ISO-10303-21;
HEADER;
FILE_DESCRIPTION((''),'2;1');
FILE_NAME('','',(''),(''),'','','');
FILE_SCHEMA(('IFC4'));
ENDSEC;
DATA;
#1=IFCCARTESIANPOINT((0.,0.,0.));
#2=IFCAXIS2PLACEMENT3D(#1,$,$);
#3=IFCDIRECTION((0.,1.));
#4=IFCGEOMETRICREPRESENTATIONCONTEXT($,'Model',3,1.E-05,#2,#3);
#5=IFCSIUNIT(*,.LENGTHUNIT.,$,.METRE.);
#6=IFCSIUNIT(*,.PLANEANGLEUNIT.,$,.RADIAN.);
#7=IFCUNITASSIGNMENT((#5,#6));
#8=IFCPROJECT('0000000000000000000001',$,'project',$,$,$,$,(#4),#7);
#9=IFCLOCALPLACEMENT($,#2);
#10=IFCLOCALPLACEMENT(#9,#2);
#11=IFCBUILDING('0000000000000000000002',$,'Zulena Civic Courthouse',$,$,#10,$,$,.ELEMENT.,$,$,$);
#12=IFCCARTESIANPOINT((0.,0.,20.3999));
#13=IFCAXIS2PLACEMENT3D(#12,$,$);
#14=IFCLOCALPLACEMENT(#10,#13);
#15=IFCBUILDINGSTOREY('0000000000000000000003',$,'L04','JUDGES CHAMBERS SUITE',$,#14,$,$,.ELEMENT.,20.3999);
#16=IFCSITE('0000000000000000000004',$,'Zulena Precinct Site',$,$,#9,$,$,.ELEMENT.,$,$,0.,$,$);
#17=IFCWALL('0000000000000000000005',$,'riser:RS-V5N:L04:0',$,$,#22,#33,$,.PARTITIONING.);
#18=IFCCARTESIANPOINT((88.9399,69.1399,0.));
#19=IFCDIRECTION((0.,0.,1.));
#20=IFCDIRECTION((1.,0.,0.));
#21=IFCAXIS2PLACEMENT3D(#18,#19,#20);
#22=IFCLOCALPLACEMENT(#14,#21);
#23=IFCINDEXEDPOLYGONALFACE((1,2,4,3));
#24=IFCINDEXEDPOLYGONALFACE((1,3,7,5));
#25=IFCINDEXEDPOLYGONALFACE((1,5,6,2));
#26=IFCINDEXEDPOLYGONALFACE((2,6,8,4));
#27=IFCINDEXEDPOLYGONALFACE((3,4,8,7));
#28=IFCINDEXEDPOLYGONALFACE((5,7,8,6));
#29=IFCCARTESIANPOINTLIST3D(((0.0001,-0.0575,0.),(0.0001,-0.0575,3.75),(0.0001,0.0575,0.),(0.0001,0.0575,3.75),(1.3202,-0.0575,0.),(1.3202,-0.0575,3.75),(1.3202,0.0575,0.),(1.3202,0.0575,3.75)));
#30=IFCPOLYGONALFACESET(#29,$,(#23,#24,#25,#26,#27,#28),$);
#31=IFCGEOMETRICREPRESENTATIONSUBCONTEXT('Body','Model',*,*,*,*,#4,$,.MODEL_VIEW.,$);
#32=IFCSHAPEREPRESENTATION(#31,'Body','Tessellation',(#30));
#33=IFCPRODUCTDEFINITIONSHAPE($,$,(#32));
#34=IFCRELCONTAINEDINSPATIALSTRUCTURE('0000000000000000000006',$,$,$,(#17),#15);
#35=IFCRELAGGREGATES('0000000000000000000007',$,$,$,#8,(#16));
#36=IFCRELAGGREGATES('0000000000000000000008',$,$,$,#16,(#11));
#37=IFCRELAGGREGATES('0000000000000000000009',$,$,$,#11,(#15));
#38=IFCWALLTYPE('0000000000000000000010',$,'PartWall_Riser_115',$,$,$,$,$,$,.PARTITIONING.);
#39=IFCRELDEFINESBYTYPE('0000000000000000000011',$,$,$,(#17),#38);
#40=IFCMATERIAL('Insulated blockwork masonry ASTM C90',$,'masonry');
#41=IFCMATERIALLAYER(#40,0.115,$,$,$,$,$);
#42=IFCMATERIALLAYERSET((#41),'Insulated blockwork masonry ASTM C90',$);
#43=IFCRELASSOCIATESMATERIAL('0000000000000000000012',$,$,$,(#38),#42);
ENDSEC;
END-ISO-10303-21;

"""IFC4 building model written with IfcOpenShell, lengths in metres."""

from ifc_helpers import new_model, si_unit, direction, frame, frame_2d, origin, place, context, subcontext, project, spatial, rectangle, extrude, material, layer, layer_set, type_object, element, save


model = new_model("IFC4")

# Units and contexts
model_context = context("Model", 3, precision=1e-05, world=origin(), true_north=direction((0.0, 1.0)))
body_context = subcontext(model_context, "Body", "Model", "MODEL_VIEW")
ifc_project = project(units=[si_unit("LENGTHUNIT", "METRE"), si_unit("PLANEANGLEUNIT", "RADIAN")], contexts=[model_context])

# Site, building, storey
site_placement = place(None, origin())
site = spatial("IfcSite", under=ifc_project, at=site_placement, Name="Zulena Precinct Site", CompositionType="ELEMENT", RefElevation=0.0)
building_placement = place(site_placement, origin())
building = spatial("IfcBuilding", under=site, at=building_placement, Name="Zulena Civic Courthouse", CompositionType="ELEMENT")
storey_placement = place(building_placement, frame((0.0, 0.0, 20.3999)))
storey = spatial("IfcBuildingStorey", under=building, at=storey_placement, Name="L04", Description="JUDGES CHAMBERS SUITE", CompositionType="ELEMENT", Elevation=20.3999)

# Wall
ifc_material_1 = material(Name="Insulated blockwork masonry ASTM C90", Category="masonry")
ifc_layer_1 = layer(ifc_material_1, 0.115)
ifc_layer_set_1 = layer_set([ifc_layer_1], Name="Insulated blockwork masonry ASTM C90")
wall_type_1 = type_object("IfcWallType", Name="PartWall_Riser_115", PredefinedType="PARTITIONING", material=ifc_layer_set_1)
for number, where, z_axis, x_axis, name in (
    (1, (88.9399, 69.1399, 0.0), (0.0, 0.0, 1.0), (1.0, 0.0, 0.0), "riser:RS-V5N:L04:0"),
):
    element("IfcWall", number, at=place(storey_placement, frame(where, z_axis=z_axis, x_axis=x_axis)), inside=storey, type_object=wall_type_1, Name=name, PredefinedType="PARTITIONING", context=body_context, shape_type="SweptSolid", body=[
        extrude(rectangle(XDim=1.3201, YDim=0.115, at=frame_2d((0.6602, 0.0))), origin(), (0.0, 0.0, 1.0), 3.75),
    ])

save(model, "model.ifc")
